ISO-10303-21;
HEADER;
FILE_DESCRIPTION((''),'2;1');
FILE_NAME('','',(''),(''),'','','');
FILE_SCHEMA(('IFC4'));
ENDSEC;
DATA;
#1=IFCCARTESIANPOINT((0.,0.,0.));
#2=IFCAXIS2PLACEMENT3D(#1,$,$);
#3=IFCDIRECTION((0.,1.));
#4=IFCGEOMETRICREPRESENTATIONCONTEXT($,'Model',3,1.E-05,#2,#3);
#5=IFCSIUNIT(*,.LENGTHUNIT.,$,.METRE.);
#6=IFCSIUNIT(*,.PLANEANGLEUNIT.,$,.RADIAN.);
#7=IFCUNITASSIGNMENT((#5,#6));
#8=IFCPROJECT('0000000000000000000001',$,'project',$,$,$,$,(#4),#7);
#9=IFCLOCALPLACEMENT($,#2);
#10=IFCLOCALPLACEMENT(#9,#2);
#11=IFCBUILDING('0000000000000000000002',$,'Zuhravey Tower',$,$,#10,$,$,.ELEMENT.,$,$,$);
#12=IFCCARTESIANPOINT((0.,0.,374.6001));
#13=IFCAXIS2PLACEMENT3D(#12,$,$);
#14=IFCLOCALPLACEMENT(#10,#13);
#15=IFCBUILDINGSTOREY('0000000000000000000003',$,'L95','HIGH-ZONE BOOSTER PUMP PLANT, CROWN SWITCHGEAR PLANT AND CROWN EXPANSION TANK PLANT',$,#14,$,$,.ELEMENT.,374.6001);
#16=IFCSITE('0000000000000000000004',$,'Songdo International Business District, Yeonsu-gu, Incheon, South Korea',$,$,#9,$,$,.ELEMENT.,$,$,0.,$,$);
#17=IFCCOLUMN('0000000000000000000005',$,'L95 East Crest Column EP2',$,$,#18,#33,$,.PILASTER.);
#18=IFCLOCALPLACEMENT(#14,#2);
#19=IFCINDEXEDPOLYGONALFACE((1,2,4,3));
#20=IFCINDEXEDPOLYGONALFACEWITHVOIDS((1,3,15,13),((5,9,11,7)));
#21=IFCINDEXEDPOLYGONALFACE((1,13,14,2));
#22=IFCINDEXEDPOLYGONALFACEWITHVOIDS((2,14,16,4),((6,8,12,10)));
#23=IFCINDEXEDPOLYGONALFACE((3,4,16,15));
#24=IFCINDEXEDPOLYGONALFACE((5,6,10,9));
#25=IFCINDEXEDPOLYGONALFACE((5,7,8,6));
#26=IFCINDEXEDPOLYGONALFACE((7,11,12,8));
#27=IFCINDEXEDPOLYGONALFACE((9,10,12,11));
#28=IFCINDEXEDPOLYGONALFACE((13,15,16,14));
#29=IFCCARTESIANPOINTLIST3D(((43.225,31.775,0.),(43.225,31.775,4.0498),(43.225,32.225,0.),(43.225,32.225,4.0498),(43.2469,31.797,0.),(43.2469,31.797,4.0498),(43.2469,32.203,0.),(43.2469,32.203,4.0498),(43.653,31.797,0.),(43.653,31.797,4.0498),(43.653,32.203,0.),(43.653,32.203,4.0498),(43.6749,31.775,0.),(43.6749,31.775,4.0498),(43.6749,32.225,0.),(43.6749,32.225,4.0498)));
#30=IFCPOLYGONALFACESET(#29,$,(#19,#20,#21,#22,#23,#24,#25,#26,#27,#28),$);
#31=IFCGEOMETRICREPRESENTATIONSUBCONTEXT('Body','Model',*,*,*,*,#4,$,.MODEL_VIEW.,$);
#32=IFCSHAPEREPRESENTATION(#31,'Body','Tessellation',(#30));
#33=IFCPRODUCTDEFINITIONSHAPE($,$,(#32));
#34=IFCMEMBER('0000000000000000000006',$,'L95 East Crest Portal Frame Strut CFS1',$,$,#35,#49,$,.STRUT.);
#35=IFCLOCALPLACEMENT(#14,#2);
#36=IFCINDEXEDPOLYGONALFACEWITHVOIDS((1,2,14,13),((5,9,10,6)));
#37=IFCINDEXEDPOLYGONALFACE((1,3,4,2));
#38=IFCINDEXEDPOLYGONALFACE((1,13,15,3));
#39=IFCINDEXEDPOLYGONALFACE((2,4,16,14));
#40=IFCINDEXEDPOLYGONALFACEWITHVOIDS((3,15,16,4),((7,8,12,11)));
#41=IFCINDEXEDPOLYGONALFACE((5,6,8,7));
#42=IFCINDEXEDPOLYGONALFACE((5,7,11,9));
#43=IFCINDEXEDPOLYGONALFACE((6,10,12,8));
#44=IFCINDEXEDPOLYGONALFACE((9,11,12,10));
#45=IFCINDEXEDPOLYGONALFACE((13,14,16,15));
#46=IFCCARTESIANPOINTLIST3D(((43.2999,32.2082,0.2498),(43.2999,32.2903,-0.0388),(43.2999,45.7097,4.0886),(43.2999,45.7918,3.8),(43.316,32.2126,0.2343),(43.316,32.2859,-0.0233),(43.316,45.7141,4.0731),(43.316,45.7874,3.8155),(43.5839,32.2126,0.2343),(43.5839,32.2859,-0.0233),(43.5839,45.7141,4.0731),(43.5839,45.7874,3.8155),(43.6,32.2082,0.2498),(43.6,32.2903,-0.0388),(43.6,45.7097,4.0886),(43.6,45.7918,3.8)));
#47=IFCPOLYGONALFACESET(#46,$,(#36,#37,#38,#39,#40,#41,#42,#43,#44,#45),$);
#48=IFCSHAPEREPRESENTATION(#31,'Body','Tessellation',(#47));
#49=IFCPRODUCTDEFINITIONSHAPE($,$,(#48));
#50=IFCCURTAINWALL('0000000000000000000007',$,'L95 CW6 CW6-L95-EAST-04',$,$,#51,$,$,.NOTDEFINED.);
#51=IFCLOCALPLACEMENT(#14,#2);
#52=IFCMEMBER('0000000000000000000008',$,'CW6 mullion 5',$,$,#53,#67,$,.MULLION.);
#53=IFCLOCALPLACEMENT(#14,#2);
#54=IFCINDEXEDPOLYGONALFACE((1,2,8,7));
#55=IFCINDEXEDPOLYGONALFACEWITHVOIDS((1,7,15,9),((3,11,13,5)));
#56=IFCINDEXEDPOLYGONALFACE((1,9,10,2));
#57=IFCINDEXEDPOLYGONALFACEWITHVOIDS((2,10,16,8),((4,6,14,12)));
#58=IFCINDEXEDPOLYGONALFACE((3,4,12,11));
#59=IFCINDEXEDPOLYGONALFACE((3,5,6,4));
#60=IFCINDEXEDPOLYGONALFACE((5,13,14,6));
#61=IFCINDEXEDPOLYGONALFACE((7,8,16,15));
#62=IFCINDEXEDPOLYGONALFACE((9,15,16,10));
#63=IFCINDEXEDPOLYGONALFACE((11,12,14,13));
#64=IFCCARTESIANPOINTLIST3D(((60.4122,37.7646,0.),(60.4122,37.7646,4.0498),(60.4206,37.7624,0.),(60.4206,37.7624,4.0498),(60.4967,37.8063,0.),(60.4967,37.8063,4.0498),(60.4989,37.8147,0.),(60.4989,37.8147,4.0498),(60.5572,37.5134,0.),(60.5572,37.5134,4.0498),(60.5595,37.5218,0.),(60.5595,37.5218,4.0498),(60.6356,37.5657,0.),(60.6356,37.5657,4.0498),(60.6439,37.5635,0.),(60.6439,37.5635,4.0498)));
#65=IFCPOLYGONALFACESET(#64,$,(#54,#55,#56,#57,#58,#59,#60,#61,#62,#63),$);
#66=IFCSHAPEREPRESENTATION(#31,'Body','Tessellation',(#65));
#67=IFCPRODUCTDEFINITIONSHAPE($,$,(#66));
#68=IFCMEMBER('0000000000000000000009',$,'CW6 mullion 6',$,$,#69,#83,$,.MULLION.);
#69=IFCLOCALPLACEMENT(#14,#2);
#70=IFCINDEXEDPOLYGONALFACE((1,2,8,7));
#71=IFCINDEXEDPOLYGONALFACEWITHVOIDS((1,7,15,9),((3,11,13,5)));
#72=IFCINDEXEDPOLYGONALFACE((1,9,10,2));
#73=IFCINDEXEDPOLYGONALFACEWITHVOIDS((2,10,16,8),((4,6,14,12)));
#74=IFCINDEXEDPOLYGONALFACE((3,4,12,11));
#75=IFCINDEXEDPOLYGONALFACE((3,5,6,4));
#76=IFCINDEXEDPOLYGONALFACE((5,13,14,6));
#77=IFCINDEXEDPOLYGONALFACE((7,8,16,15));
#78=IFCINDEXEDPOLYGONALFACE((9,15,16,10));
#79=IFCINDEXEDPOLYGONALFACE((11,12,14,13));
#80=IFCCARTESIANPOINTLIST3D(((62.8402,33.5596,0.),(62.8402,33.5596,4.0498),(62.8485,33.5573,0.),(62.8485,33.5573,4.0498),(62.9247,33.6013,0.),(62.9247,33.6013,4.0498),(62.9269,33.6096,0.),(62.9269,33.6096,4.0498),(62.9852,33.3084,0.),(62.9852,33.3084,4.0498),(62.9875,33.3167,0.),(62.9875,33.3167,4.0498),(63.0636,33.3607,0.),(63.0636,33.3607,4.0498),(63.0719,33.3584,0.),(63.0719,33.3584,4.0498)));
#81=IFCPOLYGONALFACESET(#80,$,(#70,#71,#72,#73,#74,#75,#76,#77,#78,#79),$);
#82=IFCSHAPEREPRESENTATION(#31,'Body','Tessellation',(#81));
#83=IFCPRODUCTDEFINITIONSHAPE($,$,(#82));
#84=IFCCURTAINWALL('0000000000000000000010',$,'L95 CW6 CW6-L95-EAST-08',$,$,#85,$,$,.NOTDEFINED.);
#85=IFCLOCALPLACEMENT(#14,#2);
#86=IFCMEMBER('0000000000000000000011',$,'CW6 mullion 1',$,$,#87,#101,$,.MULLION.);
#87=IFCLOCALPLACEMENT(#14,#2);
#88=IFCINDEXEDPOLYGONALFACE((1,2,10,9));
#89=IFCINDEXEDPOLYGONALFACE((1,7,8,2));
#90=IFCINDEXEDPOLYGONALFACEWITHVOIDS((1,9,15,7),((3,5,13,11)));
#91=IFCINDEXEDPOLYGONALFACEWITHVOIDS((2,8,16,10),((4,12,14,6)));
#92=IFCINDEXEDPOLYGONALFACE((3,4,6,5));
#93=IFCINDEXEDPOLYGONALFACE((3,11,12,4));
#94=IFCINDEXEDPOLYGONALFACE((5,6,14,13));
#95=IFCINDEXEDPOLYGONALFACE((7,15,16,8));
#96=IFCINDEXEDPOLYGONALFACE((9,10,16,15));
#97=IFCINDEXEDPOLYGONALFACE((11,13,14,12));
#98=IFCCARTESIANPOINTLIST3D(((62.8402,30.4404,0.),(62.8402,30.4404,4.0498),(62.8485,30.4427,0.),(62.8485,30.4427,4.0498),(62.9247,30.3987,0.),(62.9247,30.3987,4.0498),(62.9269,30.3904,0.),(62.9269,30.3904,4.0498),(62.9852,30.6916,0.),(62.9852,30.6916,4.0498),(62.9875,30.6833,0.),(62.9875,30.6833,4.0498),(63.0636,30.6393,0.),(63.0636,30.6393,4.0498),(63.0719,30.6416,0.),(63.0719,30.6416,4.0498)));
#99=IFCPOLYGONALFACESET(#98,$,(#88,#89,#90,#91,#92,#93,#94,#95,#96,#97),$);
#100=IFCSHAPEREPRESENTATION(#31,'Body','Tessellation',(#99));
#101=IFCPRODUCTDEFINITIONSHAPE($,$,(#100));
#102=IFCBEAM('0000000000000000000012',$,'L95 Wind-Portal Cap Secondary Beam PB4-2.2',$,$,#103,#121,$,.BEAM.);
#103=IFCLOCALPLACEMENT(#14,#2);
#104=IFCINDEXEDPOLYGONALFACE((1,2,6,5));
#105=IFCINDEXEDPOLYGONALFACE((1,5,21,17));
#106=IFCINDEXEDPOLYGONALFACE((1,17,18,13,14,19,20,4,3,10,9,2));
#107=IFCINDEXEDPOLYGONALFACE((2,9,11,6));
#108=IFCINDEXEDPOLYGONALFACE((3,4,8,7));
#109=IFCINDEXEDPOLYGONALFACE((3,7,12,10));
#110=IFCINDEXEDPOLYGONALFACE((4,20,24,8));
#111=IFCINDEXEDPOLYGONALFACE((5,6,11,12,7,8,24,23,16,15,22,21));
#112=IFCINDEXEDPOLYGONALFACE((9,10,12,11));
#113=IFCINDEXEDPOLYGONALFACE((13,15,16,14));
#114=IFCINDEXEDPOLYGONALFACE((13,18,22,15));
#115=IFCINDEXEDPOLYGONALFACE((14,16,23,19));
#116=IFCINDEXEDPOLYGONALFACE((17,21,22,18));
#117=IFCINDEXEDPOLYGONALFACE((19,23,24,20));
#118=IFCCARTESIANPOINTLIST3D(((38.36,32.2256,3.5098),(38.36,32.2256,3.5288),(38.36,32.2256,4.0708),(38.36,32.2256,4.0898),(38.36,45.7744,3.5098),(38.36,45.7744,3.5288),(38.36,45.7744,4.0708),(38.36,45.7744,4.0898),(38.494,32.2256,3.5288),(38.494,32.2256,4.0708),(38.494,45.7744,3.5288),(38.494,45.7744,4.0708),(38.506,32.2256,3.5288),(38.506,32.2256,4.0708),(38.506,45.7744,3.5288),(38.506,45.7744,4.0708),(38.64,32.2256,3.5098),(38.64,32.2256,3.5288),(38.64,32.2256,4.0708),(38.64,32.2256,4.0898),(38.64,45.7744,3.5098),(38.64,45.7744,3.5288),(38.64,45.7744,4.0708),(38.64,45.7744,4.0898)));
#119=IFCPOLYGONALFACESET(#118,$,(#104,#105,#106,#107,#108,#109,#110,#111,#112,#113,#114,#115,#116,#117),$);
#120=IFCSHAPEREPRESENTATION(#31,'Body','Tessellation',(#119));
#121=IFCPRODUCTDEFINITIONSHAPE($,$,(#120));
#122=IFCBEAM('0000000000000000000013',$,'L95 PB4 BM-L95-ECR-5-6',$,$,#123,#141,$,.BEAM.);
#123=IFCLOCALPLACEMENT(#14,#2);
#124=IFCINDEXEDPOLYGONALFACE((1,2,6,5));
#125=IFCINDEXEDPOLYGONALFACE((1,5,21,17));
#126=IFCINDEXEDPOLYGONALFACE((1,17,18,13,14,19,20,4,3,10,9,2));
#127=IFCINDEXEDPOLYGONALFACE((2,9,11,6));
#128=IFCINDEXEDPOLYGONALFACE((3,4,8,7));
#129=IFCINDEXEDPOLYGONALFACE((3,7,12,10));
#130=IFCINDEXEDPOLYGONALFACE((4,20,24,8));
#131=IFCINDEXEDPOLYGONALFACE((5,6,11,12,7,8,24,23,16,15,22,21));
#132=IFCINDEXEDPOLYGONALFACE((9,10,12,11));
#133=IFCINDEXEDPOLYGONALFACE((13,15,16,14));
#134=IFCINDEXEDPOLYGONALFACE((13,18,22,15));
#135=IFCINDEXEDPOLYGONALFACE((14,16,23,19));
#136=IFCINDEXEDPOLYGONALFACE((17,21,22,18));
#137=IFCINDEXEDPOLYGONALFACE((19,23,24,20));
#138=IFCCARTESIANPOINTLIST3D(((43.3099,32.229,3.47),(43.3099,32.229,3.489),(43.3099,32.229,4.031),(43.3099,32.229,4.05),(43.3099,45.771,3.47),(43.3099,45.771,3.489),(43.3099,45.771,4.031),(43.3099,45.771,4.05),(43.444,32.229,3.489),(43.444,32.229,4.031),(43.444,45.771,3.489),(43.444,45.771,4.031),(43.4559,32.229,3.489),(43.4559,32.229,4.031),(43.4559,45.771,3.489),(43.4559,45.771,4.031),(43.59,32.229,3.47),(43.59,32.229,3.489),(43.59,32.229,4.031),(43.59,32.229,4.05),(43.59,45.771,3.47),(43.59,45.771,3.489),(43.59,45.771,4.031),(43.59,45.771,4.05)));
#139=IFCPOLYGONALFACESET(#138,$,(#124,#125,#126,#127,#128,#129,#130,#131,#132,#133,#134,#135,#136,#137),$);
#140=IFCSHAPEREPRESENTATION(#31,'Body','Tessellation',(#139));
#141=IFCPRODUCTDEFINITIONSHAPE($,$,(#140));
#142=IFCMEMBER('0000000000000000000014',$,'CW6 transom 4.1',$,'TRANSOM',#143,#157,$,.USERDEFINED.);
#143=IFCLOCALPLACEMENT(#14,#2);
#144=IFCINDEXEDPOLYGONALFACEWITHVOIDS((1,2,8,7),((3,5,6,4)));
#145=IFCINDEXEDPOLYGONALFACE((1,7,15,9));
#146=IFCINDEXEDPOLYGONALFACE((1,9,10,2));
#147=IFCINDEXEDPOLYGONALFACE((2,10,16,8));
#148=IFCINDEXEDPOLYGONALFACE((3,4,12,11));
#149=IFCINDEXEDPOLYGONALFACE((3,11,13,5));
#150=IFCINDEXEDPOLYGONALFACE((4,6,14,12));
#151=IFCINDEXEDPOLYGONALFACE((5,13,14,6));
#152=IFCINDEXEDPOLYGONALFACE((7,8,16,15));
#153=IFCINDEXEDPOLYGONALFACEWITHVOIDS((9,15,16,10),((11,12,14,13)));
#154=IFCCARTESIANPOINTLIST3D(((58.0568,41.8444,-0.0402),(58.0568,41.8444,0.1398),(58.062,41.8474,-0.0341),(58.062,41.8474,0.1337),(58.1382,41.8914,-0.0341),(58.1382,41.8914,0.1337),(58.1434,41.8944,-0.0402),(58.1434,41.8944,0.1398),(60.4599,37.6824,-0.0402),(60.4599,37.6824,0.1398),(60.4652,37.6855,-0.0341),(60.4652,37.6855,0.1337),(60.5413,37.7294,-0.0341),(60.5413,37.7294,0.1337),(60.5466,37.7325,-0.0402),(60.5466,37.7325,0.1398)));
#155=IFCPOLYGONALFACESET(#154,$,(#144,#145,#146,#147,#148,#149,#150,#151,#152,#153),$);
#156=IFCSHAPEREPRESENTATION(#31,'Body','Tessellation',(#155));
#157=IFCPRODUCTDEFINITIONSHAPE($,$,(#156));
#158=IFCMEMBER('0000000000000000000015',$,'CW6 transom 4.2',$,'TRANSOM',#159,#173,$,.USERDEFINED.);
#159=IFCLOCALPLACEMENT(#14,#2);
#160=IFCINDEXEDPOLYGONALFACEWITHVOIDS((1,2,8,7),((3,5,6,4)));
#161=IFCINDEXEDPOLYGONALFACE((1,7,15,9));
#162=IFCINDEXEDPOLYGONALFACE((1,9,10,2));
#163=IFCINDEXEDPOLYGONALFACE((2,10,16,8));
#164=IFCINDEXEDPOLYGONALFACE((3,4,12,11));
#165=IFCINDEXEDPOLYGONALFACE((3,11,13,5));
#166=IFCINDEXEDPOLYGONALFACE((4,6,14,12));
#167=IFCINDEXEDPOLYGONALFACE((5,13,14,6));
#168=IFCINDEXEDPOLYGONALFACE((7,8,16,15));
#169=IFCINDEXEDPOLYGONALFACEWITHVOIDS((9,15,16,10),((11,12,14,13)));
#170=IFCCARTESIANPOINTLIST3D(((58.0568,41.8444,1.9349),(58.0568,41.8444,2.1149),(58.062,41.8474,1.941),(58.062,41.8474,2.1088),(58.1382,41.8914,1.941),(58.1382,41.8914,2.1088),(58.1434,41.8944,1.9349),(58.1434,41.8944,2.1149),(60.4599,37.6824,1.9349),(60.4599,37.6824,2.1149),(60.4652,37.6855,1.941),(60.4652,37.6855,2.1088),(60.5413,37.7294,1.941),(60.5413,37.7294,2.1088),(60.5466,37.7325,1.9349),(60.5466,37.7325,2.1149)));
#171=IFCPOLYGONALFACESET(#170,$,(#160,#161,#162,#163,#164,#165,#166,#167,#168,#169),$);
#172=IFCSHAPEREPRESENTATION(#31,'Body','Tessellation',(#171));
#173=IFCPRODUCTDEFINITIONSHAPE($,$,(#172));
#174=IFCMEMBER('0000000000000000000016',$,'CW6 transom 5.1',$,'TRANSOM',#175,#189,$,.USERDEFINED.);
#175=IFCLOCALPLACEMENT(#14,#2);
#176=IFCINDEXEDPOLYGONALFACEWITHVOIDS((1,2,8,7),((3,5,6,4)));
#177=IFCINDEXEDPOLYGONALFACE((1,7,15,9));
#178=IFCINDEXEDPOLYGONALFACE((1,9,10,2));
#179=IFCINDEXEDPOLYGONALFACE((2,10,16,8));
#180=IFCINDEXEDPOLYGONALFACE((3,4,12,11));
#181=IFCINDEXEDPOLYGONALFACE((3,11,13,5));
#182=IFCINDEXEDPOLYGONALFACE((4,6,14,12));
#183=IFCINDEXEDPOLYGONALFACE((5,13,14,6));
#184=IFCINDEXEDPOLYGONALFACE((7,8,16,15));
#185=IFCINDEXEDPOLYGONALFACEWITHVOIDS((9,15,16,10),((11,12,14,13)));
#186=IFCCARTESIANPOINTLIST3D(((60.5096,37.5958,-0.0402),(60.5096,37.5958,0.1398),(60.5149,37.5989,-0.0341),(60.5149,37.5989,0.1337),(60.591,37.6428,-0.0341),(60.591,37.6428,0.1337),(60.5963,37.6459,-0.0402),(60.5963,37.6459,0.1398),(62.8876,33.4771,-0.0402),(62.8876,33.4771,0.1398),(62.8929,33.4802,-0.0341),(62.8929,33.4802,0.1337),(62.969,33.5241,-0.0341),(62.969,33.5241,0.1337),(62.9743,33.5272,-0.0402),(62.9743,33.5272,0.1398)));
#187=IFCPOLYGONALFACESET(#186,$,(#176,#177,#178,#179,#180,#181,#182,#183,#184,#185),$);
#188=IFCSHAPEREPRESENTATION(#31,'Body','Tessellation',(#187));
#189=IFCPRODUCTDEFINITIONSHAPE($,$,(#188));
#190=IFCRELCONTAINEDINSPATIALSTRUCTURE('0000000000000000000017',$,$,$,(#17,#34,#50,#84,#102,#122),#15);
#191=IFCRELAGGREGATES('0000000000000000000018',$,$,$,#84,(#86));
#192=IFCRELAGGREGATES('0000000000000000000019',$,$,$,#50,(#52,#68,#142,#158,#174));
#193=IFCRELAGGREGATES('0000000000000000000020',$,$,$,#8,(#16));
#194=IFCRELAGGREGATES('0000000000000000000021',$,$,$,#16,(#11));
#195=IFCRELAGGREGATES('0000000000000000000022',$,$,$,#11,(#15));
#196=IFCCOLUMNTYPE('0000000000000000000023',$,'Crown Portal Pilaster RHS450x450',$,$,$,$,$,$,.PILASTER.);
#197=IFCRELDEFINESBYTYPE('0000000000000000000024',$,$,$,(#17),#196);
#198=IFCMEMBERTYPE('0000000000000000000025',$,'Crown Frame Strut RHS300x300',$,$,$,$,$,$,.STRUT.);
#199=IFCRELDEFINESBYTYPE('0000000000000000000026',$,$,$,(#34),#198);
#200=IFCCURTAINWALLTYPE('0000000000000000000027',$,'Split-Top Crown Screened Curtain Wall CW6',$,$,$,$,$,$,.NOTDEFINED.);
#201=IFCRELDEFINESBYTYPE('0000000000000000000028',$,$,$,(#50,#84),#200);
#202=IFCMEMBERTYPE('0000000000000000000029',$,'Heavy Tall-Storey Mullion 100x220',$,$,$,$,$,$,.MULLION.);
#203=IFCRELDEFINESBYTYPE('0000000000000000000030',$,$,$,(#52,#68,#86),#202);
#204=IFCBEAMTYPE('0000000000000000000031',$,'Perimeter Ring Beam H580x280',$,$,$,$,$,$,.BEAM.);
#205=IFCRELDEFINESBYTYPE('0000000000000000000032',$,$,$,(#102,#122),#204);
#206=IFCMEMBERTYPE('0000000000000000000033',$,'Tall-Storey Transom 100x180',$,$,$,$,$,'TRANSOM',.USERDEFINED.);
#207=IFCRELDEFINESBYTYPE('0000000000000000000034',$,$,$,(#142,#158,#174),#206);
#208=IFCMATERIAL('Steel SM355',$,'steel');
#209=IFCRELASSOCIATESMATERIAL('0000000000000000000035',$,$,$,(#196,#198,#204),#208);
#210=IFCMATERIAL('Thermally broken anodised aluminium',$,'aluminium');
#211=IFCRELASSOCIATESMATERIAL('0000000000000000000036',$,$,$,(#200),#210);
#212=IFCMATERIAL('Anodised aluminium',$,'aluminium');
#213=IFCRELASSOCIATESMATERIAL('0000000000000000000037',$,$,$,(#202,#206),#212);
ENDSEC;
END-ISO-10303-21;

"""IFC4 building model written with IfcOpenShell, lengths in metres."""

from ifc_helpers import new_model, si_unit, direction, frame, origin, origin_2d, place, context, subcontext, project, spatial, hollow_rectangle, i_section, extrude, material, material_profile, profile_set, type_object, element, aggregate, save


model = new_model("IFC4")

# Units and contexts
model_context = context("Model", 3, precision=1e-05, world=origin(), true_north=direction((0.0, 1.0)))
body_context = subcontext(model_context, "Body", "Model", "MODEL_VIEW")
ifc_project = project(units=[si_unit("LENGTHUNIT", "METRE"), si_unit("PLANEANGLEUNIT", "RADIAN")], contexts=[model_context])

# Site, building, storey
site_placement = place(None, origin())
site = spatial("IfcSite", under=ifc_project, at=site_placement, Name="Songdo International Business District, Yeonsu-gu, Incheon, South Korea", CompositionType="ELEMENT", RefElevation=0.0)
building_placement = place(site_placement, origin())
building = spatial("IfcBuilding", under=site, at=building_placement, Name="Zuhravey Tower", CompositionType="ELEMENT")
storey_placement = place(building_placement, frame((0.0, 0.0, 374.6001)))
storey = spatial("IfcBuildingStorey", under=building, at=storey_placement, Name="L95", Description="HIGH-ZONE BOOSTER PUMP PLANT, CROWN SWITCHGEAR PLANT AND CROWN EXPANSION TANK PLANT", CompositionType="ELEMENT", Elevation=374.6001)

# Column
ifc_material_1 = material(Name="Steel SM355", Category="steel")
ifc_material_profile_1 = material_profile(ifc_material_1, hollow_rectangle(XDim=0.45, YDim=0.45, WallThickness=0.022, at=origin_2d()), Name="RHS-450x450x22")
ifc_profile_set_1 = profile_set([ifc_material_profile_1], Name="Steel SM355")
column_type = type_object("IfcColumnType", Name="Crown Portal Pilaster RHS450x450", PredefinedType="PILASTER", material=ifc_profile_set_1)
column_placement = place(storey_placement, frame((43.45, 32.0, 0.0), z_axis=(0.0, 0.0, 1.0), x_axis=(1.0, 0.0, 0.0)))
element("IfcColumn", 1, at=column_placement, inside=storey, type_object=column_type, Name="L95 East Crest Column EP2", PredefinedType="PILASTER", context=body_context, shape_type="SweptSolid", body=[
    extrude(hollow_rectangle(XDim=0.45, YDim=0.45, WallThickness=0.022, at=origin_2d()), origin(), (0.0, 0.0, 1.0), 4.0498),
])

# Member
ifc_material_profile_2 = material_profile(ifc_material_1, hollow_rectangle(XDim=0.3, YDim=0.3, WallThickness=0.0161, at=origin_2d()), Name="RHS-300x300x16")
ifc_profile_set_2 = profile_set([ifc_material_profile_2], Name="Steel SM355")
member_type_1 = type_object("IfcMemberType", Name="Crown Frame Strut RHS300x300", PredefinedType="STRUT", material=ifc_profile_set_2)
member_1_placement = place(storey_placement, frame((43.45, 32.2493, 0.1055), z_axis=(0.0, 0.961875, 0.27349), x_axis=(-1.0, 0.0, 0.0)))
element("IfcMember", 2, at=member_1_placement, inside=storey, type_object=member_type_1, Name="L95 East Crest Portal Frame Strut CFS1", PredefinedType="STRUT", context=body_context, shape_type="SweptSolid", body=[
    extrude(hollow_rectangle(XDim=0.3, YDim=0.3, WallThickness=0.0161, at=origin_2d()), origin(), (0.0, 0.0, 1.0), 14.0366),
])

# Curtain wall, members
ifc_material_2 = material(Name="Thermally broken anodised aluminium", Category="aluminium")
curtain_wall_type = type_object("IfcCurtainWallType", Name="Split-Top Crown Screened Curtain Wall CW6", PredefinedType="NOTDEFINED", material=ifc_material_2)
curtain_wall_1_placement = place(storey_placement, origin())
curtain_wall_1 = element("IfcCurtainWall", 3, at=curtain_wall_1_placement, inside=storey, type_object=curtain_wall_type, Name="L95 CW6 CW6-L95-EAST-04", PredefinedType="NOTDEFINED")
ifc_material_3 = material(Name="Anodised aluminium", Category="aluminium")
ifc_material_profile_3 = material_profile(ifc_material_3, hollow_rectangle(XDim=0.1001, YDim=0.29, WallThickness=0.0061, at=origin_2d()), Name="ALU-RHS-100x290x6")
ifc_profile_set_3 = profile_set([ifc_material_profile_3], Name="Anodised aluminium")
member_type_2 = type_object("IfcMemberType", Name="Heavy Tall-Storey Mullion 100x220", PredefinedType="MULLION", material=ifc_profile_set_3)
member_2_placement = place(storey_placement, frame((60.5281, 37.6641, 0.0), z_axis=(0.0, 0.0, 1.0), x_axis=(0.866027, 0.499997, 0.0)))
member_2 = element("IfcMember", 4, at=member_2_placement, type_object=member_type_2, Name="CW6 mullion 5", PredefinedType="MULLION", context=body_context, shape_type="SweptSolid", body=[
    extrude(hollow_rectangle(XDim=0.1001, YDim=0.29, WallThickness=0.0061, at=origin_2d()), origin(), (0.0, 0.0, 1.0), 4.0498),
])
member_3_placement = place(storey_placement, frame((62.9561, 33.459, 0.0), z_axis=(0.0, 0.0, 1.0), x_axis=(0.866027, 0.499997, 0.0)))
member_3 = element("IfcMember", 5, at=member_3_placement, type_object=member_type_2, Name="CW6 mullion 6", PredefinedType="MULLION", context=body_context, shape_type="SweptSolid", body=[
    extrude(hollow_rectangle(XDim=0.1001, YDim=0.29, WallThickness=0.0061, at=origin_2d()), origin(), (0.0, 0.0, 1.0), 4.0498),
])

# Curtain wall, member
curtain_wall_2_placement = place(storey_placement, origin())
curtain_wall_2 = element("IfcCurtainWall", 6, at=curtain_wall_2_placement, inside=storey, type_object=curtain_wall_type, Name="L95 CW6 CW6-L95-EAST-08", PredefinedType="NOTDEFINED")
member_4_placement = place(storey_placement, frame((62.9561, 30.541, 0.0), z_axis=(0.0, 0.0, 1.0), x_axis=(0.866027, -0.499997, 0.0)))
member_4 = element("IfcMember", 7, at=member_4_placement, type_object=member_type_2, Name="CW6 mullion 1", PredefinedType="MULLION", context=body_context, shape_type="SweptSolid", body=[
    extrude(hollow_rectangle(XDim=0.1001, YDim=0.29, WallThickness=0.0061, at=origin_2d()), origin(), (0.0, 0.0, 1.0), 4.0498),
])

# Beams
ifc_material_profile_4 = material_profile(ifc_material_1, i_section(OverallWidth=0.28, OverallDepth=0.5801, WebThickness=0.012, FlangeThickness=0.019, at=origin_2d()), Name="H-580x280x12x19")
ifc_profile_set_4 = profile_set([ifc_material_profile_4], Name="Steel SM355")
beam_type = type_object("IfcBeamType", Name="Perimeter Ring Beam H580x280", PredefinedType="BEAM", material=ifc_profile_set_4)
beam_1_placement = place(storey_placement, frame((38.5, 32.2256, 3.7998), z_axis=(0.0, 1.0, 0.0), x_axis=(-1.0, 0.0, 0.0)))
element("IfcBeam", 8, at=beam_1_placement, inside=storey, type_object=beam_type, Name="L95 Wind-Portal Cap Secondary Beam PB4-2.2", PredefinedType="BEAM", context=body_context, shape_type="SweptSolid", body=[
    extrude(i_section(OverallWidth=0.28, OverallDepth=0.5801, WebThickness=0.012, FlangeThickness=0.019, at=origin_2d()), origin(), (0.0, 0.0, 1.0), 13.5488),
])
beam_2_placement = place(storey_placement, frame((43.45, 32.229, 3.76), z_axis=(0.0, 1.0, 0.0), x_axis=(-1.0, 0.0, 0.0)))
element("IfcBeam", 9, at=beam_2_placement, inside=storey, type_object=beam_type, Name="L95 PB4 BM-L95-ECR-5-6", PredefinedType="BEAM", context=body_context, shape_type="SweptSolid", body=[
    extrude(i_section(OverallWidth=0.28, OverallDepth=0.5801, WebThickness=0.012, FlangeThickness=0.019, at=origin_2d()), origin(), (0.0, 0.0, 1.0), 13.542),
])

# Members
ifc_material_profile_5 = material_profile(ifc_material_3, hollow_rectangle(XDim=0.1001, YDim=0.1799, WallThickness=0.0061, at=origin_2d()), Name="ALU-RHS-100x180x6")
ifc_profile_set_5 = profile_set([ifc_material_profile_5], Name="Anodised aluminium")
member_type_3 = type_object("IfcMemberType", Name="Tall-Storey Transom 100x180", ElementType="TRANSOM", PredefinedType="USERDEFINED", material=ifc_profile_set_5)
member_5_placement = place(storey_placement, frame((58.1001, 41.8694, 0.0498), z_axis=(0.500035, -0.866005, 0.0), x_axis=(0.866005, 0.500035, 0.0)))
member_5 = element("IfcMember", 10, at=member_5_placement, type_object=member_type_3, Name="CW6 transom 4.1", ObjectType="TRANSOM", PredefinedType="USERDEFINED", context=body_context, shape_type="SweptSolid", body=[
    extrude(hollow_rectangle(XDim=0.1001, YDim=0.1799, WallThickness=0.0061, at=origin_2d()), origin(), (0.0, 0.0, 1.0), 4.8059),
])
member_6_placement = place(storey_placement, frame((58.1001, 41.8694, 2.0249), z_axis=(0.500035, -0.866005, 0.0), x_axis=(0.866005, 0.500035, 0.0)))
member_6 = element("IfcMember", 11, at=member_6_placement, type_object=member_type_3, Name="CW6 transom 4.2", ObjectType="TRANSOM", PredefinedType="USERDEFINED", context=body_context, shape_type="SweptSolid", body=[
    extrude(hollow_rectangle(XDim=0.1001, YDim=0.1799, WallThickness=0.0061, at=origin_2d()), origin(), (0.0, 0.0, 1.0), 4.8059),
])
member_7_placement = place(storey_placement, frame((60.553, 37.6208, 0.0498), z_axis=(0.500004, -0.866023, 0.0), x_axis=(0.866023, 0.500004, 0.0)))
member_7 = element("IfcMember", 12, at=member_7_placement, type_object=member_type_3, Name="CW6 transom 5.1", ObjectType="TRANSOM", PredefinedType="USERDEFINED", context=body_context, shape_type="SweptSolid", body=[
    extrude(hollow_rectangle(XDim=0.1001, YDim=0.1799, WallThickness=0.0061, at=origin_2d()), origin(), (0.0, 0.0, 1.0), 4.7559),
])
aggregate(curtain_wall_2, [member_4])

aggregate(curtain_wall_1, [member_2, member_3, member_5, member_6, member_7])

save(model, "model.ifc")
